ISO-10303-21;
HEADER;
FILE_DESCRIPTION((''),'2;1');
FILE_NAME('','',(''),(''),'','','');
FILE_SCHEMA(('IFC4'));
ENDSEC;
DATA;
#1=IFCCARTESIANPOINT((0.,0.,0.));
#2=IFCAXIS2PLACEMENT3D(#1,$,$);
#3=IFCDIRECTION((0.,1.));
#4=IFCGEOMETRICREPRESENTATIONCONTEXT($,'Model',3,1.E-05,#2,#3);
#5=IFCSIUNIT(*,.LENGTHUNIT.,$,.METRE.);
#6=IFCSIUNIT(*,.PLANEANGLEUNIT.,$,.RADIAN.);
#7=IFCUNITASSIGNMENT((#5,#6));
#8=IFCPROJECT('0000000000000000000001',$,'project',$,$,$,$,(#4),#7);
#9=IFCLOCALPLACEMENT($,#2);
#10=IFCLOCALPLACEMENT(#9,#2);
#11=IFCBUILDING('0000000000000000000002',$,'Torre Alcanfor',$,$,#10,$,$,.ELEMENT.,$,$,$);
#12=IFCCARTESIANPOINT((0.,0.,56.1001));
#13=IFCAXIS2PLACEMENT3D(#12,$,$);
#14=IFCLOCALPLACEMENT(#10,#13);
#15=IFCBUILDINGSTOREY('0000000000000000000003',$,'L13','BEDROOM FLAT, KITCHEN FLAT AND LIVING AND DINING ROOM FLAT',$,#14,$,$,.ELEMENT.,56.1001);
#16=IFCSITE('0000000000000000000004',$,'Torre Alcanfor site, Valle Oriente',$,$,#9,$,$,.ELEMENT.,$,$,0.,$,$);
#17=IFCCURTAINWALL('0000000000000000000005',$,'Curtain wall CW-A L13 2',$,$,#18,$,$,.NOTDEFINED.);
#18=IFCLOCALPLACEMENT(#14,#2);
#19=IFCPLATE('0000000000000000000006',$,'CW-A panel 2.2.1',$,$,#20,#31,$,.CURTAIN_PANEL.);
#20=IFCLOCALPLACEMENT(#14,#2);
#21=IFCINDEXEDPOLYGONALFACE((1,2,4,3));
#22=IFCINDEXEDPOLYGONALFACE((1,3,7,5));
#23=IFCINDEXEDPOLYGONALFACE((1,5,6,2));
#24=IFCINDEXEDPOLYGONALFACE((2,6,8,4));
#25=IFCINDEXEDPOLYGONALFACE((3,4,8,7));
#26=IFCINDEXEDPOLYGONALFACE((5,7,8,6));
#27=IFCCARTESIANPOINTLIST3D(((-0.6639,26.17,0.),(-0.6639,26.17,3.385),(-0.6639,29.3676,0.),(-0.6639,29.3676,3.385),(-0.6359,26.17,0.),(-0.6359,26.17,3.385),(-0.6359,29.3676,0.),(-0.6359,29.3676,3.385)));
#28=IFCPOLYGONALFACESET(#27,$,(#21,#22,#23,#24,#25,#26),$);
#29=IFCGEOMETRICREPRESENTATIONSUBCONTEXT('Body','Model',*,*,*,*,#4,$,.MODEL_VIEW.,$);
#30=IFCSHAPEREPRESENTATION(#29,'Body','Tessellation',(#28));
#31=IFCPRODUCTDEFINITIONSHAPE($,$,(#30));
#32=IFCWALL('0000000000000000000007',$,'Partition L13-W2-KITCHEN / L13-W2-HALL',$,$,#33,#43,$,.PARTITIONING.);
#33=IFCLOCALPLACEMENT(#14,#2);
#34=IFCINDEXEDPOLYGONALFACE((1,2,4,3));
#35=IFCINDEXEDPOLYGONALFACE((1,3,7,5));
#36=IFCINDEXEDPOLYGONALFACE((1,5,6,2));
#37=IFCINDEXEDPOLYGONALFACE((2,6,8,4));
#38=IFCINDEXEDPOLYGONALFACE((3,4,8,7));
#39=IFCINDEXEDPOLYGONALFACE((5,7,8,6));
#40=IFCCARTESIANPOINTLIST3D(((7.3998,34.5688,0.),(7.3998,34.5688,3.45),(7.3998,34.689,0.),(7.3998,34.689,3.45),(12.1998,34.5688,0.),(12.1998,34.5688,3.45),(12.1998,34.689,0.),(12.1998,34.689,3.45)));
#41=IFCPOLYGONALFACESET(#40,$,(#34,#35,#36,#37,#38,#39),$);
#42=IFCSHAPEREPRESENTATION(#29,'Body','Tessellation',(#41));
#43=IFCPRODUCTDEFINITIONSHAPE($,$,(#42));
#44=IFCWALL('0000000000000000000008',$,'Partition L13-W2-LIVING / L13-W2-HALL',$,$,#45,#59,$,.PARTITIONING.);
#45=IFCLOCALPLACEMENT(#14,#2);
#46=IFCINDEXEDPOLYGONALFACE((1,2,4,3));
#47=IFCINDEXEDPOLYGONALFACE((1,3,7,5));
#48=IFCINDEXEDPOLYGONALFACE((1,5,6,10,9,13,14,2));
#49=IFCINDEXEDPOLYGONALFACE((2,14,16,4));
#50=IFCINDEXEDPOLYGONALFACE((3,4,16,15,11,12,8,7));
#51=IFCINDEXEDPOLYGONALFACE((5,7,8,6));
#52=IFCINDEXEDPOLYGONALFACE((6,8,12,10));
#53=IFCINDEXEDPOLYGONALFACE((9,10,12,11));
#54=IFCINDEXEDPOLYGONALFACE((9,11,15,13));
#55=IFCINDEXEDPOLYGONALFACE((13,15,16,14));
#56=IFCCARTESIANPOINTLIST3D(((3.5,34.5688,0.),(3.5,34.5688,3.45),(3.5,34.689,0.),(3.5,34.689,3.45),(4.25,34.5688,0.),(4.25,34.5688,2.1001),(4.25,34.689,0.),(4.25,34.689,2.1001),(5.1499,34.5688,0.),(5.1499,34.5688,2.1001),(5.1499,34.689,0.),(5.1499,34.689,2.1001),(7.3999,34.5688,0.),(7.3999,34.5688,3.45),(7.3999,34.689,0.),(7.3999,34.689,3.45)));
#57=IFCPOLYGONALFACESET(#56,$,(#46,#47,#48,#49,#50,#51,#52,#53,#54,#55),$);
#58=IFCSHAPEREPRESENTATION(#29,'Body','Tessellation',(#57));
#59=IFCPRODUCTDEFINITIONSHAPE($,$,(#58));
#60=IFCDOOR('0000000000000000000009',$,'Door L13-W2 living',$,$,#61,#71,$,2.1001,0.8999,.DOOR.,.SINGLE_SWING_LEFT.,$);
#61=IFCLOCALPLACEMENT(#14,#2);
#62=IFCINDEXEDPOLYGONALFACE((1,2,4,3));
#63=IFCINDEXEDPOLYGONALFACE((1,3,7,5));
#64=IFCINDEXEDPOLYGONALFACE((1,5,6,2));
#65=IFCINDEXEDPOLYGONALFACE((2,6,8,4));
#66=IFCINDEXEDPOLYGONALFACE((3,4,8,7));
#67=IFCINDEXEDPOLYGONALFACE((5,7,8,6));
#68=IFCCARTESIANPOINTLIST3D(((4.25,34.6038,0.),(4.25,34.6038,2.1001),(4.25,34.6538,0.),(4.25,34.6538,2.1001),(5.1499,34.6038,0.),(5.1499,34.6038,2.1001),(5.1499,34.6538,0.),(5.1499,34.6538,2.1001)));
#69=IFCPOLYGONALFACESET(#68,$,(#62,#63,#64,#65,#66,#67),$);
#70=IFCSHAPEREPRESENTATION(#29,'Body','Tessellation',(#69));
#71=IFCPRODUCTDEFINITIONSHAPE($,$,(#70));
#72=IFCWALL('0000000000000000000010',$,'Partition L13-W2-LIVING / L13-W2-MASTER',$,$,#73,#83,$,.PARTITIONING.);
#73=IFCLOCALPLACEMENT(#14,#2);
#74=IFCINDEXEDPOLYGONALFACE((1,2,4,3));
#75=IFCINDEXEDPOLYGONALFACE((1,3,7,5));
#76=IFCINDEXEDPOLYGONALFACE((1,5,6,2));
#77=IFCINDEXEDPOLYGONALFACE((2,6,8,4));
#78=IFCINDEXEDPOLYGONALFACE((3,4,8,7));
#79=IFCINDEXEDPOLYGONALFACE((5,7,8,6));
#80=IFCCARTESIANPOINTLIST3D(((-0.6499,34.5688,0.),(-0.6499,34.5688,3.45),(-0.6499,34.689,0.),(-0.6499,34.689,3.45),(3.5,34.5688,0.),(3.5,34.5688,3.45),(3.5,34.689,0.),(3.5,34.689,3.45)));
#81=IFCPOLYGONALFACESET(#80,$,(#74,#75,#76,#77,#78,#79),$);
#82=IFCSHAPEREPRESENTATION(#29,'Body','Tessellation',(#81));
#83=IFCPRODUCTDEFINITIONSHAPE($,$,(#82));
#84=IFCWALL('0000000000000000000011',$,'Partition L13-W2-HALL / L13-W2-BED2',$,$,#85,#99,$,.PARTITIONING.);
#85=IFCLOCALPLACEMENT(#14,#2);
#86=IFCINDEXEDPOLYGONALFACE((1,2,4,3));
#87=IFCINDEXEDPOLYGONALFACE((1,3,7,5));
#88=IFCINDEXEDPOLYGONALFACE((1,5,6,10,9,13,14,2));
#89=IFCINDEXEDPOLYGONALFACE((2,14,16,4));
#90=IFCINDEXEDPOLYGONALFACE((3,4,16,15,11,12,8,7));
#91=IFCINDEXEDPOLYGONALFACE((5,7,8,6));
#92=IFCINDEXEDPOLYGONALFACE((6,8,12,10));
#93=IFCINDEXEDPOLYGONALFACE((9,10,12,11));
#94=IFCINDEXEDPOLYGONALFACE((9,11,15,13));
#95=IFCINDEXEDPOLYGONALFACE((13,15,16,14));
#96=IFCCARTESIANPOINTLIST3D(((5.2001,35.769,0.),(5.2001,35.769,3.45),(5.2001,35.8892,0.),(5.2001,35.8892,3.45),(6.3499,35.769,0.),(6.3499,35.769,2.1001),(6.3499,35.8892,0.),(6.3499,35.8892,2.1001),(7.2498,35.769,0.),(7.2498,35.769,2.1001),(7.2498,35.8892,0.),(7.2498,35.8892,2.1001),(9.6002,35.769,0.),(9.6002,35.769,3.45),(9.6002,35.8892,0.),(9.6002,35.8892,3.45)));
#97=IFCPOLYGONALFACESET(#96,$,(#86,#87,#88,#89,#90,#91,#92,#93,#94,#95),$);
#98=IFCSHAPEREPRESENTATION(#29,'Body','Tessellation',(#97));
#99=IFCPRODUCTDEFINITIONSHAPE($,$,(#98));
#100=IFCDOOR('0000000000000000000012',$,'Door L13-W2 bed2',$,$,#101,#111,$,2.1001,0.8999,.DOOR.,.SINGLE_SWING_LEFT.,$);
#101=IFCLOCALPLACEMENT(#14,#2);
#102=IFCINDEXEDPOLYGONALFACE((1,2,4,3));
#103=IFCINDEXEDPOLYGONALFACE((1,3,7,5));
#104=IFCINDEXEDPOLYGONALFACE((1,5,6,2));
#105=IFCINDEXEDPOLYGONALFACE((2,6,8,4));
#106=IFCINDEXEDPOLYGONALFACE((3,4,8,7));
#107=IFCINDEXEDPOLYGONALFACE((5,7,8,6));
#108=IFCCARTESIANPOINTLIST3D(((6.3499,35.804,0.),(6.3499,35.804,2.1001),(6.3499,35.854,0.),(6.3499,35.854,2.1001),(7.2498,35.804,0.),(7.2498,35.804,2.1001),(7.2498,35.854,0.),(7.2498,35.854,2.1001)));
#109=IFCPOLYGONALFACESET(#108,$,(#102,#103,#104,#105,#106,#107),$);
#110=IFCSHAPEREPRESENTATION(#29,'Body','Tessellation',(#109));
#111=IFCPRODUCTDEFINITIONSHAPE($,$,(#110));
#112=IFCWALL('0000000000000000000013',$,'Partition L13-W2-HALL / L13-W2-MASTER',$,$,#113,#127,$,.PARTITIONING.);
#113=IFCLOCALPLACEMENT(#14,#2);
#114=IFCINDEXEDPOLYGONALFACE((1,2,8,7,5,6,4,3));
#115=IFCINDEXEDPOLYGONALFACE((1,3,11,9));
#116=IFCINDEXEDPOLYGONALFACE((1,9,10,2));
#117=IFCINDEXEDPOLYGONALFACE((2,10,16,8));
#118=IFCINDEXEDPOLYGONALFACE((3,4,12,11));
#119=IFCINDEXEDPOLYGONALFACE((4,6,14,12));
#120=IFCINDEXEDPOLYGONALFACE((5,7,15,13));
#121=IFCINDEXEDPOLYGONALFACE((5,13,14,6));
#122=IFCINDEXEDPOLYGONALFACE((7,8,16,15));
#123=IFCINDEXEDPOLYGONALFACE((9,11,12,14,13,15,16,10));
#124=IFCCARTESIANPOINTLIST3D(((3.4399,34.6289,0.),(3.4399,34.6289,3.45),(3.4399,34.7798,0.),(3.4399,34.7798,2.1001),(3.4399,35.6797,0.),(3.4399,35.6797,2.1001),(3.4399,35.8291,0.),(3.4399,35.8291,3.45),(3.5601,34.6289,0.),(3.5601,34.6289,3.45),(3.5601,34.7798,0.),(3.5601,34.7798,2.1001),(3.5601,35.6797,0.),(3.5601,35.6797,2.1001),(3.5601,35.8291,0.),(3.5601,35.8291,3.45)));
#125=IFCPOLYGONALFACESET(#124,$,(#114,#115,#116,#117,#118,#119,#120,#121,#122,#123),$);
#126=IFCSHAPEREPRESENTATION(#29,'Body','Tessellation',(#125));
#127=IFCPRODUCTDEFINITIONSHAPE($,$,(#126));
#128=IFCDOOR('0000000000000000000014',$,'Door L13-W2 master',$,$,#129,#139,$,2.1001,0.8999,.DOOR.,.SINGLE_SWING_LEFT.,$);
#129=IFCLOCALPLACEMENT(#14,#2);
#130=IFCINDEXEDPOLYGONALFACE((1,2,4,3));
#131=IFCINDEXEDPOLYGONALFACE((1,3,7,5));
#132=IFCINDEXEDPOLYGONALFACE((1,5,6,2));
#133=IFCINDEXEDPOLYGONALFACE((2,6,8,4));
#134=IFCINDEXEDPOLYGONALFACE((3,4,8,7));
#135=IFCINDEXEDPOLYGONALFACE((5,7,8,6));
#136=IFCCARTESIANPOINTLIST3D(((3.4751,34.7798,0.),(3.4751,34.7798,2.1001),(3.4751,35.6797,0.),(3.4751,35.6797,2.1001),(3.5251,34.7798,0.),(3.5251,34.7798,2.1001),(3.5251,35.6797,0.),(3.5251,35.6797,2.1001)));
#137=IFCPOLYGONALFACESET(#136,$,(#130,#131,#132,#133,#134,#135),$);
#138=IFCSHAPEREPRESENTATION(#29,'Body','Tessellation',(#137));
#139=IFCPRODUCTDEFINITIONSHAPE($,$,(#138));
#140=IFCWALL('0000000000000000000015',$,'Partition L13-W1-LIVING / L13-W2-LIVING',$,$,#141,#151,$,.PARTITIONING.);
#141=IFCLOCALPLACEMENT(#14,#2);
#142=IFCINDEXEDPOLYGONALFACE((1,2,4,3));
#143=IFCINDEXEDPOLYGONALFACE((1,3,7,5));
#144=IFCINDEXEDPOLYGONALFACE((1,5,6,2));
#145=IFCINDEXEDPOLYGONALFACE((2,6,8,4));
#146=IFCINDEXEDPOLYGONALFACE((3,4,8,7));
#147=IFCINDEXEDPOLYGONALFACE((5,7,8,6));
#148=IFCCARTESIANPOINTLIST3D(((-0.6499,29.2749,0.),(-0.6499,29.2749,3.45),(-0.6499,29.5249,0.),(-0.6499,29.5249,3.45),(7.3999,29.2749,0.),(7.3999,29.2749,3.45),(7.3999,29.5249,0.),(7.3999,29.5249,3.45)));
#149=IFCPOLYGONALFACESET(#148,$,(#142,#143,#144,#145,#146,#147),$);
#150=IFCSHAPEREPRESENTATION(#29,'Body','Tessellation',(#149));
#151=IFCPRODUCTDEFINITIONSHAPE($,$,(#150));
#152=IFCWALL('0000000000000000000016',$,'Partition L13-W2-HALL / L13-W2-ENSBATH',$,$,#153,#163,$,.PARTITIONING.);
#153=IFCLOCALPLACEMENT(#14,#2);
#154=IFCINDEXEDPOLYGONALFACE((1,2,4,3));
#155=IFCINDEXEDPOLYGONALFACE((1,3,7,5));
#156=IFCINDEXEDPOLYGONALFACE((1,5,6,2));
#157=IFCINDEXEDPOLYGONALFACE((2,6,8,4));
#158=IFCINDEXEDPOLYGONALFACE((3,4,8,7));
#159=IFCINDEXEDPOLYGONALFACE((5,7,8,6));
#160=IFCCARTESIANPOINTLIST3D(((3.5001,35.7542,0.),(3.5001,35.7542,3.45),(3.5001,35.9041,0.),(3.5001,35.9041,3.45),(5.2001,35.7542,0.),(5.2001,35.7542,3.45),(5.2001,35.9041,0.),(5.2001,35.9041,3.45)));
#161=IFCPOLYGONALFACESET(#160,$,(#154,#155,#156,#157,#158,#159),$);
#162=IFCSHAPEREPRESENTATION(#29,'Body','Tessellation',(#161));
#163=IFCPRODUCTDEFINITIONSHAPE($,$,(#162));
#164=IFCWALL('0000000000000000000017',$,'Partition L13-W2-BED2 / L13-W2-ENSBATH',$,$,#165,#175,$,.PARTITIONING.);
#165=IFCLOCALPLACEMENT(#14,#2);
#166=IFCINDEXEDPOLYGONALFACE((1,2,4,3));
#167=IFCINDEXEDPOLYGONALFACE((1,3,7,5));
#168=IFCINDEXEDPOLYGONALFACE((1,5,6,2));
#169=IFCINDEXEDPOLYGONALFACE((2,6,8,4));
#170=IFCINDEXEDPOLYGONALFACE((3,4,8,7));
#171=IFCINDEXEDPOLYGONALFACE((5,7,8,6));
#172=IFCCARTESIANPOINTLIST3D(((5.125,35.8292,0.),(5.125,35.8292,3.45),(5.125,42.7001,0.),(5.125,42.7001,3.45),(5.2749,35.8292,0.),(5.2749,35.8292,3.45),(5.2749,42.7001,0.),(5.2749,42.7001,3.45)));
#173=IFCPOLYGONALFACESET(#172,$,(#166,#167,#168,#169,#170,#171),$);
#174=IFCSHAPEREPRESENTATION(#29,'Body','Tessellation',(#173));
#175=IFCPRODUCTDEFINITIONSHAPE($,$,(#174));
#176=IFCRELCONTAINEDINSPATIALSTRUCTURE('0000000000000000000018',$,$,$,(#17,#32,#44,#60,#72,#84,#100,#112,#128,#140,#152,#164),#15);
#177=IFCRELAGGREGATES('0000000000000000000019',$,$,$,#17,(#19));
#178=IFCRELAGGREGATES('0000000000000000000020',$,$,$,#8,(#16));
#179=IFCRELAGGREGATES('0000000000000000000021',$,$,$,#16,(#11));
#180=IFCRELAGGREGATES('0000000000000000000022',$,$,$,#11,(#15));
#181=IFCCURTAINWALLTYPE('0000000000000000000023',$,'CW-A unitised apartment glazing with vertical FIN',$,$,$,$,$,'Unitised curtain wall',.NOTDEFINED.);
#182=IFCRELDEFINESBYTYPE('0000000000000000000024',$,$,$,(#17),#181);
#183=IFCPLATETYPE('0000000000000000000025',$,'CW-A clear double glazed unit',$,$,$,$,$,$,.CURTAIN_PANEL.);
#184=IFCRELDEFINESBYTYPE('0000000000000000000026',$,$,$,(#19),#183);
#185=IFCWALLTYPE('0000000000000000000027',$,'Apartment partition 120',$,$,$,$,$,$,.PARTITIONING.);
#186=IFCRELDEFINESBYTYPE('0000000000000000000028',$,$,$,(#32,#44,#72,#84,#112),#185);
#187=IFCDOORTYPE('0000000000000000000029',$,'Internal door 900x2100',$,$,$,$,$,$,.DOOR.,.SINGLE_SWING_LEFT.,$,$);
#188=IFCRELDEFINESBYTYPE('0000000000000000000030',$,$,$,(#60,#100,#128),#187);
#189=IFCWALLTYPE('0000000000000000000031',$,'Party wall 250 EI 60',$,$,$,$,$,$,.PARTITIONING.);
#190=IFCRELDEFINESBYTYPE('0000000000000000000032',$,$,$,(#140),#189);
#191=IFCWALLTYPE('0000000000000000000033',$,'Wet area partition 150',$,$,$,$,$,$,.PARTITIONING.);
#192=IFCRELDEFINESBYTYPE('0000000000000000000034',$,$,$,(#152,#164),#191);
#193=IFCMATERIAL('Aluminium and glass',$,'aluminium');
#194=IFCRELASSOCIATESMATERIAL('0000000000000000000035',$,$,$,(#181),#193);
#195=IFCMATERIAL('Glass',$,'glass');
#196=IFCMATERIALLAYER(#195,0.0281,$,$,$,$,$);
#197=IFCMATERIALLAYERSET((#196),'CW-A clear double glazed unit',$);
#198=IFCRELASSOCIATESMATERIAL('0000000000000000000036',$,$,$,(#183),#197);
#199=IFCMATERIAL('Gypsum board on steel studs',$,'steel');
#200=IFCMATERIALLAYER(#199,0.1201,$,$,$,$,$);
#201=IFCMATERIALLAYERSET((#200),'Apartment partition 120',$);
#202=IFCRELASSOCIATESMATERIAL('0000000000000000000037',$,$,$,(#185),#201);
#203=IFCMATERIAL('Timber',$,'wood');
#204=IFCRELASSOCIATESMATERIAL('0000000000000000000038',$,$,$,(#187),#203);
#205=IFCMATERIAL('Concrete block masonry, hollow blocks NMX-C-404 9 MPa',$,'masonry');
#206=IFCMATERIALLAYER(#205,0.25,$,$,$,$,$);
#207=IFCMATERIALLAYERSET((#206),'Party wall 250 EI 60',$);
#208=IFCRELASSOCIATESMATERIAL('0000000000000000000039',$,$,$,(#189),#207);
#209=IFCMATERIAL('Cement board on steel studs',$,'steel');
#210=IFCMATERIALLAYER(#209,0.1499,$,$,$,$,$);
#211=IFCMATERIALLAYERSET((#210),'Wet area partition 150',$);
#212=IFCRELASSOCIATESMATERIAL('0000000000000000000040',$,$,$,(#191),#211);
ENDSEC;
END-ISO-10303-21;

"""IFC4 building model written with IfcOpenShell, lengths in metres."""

from ifc_helpers import new_model, si_unit, direction, frame, frame_2d, origin, origin_2d, place, context, subcontext, project, spatial, rectangle, extrude, material, layer, layer_set, type_object, element, fill, aggregate, save


model = new_model("IFC4")

# Units and contexts
model_context = context("Model", 3, precision=1e-05, world=origin(), true_north=direction((0.0, 1.0)))
body_context = subcontext(model_context, "Body", "Model", "MODEL_VIEW")
ifc_project = project(units=[si_unit("LENGTHUNIT", "METRE"), si_unit("PLANEANGLEUNIT", "RADIAN")], contexts=[model_context])

# Site, building, storey
site_placement = place(None, origin())
site = spatial("IfcSite", under=ifc_project, at=site_placement, Name="Torre Alcanfor site, Valle Oriente", CompositionType="ELEMENT", RefElevation=0.0)
building_placement = place(site_placement, origin())
building = spatial("IfcBuilding", under=site, at=building_placement, Name="Torre Alcanfor", CompositionType="ELEMENT")
storey_placement = place(building_placement, frame((0.0, 0.0, 56.1001)))
storey = spatial("IfcBuildingStorey", under=building, at=storey_placement, Name="L13", Description="BEDROOM FLAT, KITCHEN FLAT AND LIVING AND DINING ROOM FLAT", CompositionType="ELEMENT", Elevation=56.1001)

# Curtain wall
ifc_material_1 = material(Name="Aluminium and glass", Category="aluminium")
curtain_wall_type = type_object("IfcCurtainWallType", Name="CW-A unitised apartment glazing with vertical FIN", ElementType="Unitised curtain wall", PredefinedType="NOTDEFINED", material=ifc_material_1)
curtain_wall_placement = place(storey_placement, origin())
curtain_wall = element("IfcCurtainWall", 1, at=curtain_wall_placement, inside=storey, type_object=curtain_wall_type, Name="Curtain wall CW-A L13 2", PredefinedType="NOTDEFINED")

# Plate
ifc_material_2 = material(Name="Glass", Category="glass")
ifc_layer_1 = layer(ifc_material_2, 0.0281)
ifc_layer_set_1 = layer_set([ifc_layer_1], Name="CW-A clear double glazed unit")
plate_type = type_object("IfcPlateType", Name="CW-A clear double glazed unit", PredefinedType="CURTAIN_PANEL", material=ifc_layer_set_1)
plate_1_placement = place(storey_placement, frame((-0.6499, 27.7688, 0.0), z_axis=(0.0, 0.0, 1.0), x_axis=(0.0, -1.0, 0.0)))
plate_1 = element("IfcPlate", 2, at=plate_1_placement, type_object=plate_type, Name="CW-A panel 2.2.1", PredefinedType="CURTAIN_PANEL", context=body_context, shape_type="SweptSolid", body=[
    extrude(rectangle(XDim=3.1975, YDim=0.0281, at=origin_2d()), origin(), (0.0, 0.0, 1.0), 3.385),
])
aggregate(curtain_wall, [plate_1])

# Wall
ifc_material_3 = material(Name="Gypsum board on steel studs", Category="steel")
ifc_layer_2 = layer(ifc_material_3, 0.1201)
ifc_layer_set_2 = layer_set([ifc_layer_2], Name="Apartment partition 120")
wall_type_1 = type_object("IfcWallType", Name="Apartment partition 120", PredefinedType="PARTITIONING", material=ifc_layer_set_2)
wall_1_placement = place(storey_placement, frame((7.3999, 34.6289, 0.0), z_axis=(0.0, 0.0, 1.0), x_axis=(1.0, 0.0, 0.0)))
element("IfcWall", 3, at=wall_1_placement, inside=storey, type_object=wall_type_1, Name="Partition L13-W2-KITCHEN / L13-W2-HALL", PredefinedType="PARTITIONING", context=body_context, shape_type="SweptSolid", body=[
    extrude(rectangle(XDim=4.8, YDim=0.1201, at=frame_2d((2.3999, 0.0))), origin(), (0.0, 0.0, 1.0), 3.45),
])

# Wall, opening, door
wall_2_placement = place(storey_placement, frame((3.5, 34.6289, 0.0), z_axis=(0.0, 0.0, 1.0), x_axis=(1.0, 0.0, 0.0)))
wall_2 = element("IfcWall", 4, at=wall_2_placement, inside=storey, type_object=wall_type_1, Name="Partition L13-W2-LIVING / L13-W2-HALL", PredefinedType="PARTITIONING", context=body_context, shape_type="SweptSolid", body=[
    extrude(rectangle(XDim=3.8999, YDim=0.1201, at=frame_2d((1.95, 0.0))), origin(), (0.0, 0.0, 1.0), 3.45),
])
opening_1_placement = place(wall_2_placement, frame((0.75, 0.0, 0.0)))
opening_1 = element("IfcOpeningElement", 5, at=opening_1_placement, cuts=wall_2, PredefinedType="OPENING", context=body_context, shape_type="SweptSolid", body=[
    extrude(rectangle(XDim=0.8999, YDim=2.1001, at=frame_2d((0.45, 1.05))), frame((0.0, 0.0701, 0.0), z_axis=(0.0, -1.0, 0.0), x_axis=(1.0, 0.0, 0.0)), (0.0, 0.0, 1.0), 0.1401),
])
ifc_material_4 = material(Name="Timber", Category="wood")
door_type_1 = type_object("IfcDoorType", Name="Internal door 900x2100", OperationType="SINGLE_SWING_LEFT", PredefinedType="DOOR", material=ifc_material_4)
door_1_placement = place(opening_1_placement, frame((0.8999, 0.0, 0.0), z_axis=(0.0, 0.0, 1.0), x_axis=(-1.0, 0.0, 0.0)))
door_1 = element("IfcDoor", 6, at=door_1_placement, inside=storey, type_object=door_type_1, Name="Door L13-W2 living", OperationType="SINGLE_SWING_LEFT", OverallHeight=2.1001, OverallWidth=0.8999, PredefinedType="DOOR", context=body_context, shape_type="SweptSolid", body=[
    extrude(rectangle(XDim=0.8999, YDim=2.1001, at=frame_2d((0.45, 1.05))), frame((0.0, 0.0251, 0.0), z_axis=(0.0, -1.0, 0.0), x_axis=(1.0, 0.0, 0.0)), (0.0, 0.0, 1.0), 0.05),
])
fill(opening_1, door_1)

# Wall
wall_3_placement = place(storey_placement, frame((-0.6499, 34.6289, 0.0), z_axis=(0.0, 0.0, 1.0), x_axis=(1.0, 0.0, 0.0)))
element("IfcWall", 7, at=wall_3_placement, inside=storey, type_object=wall_type_1, Name="Partition L13-W2-LIVING / L13-W2-MASTER", PredefinedType="PARTITIONING", context=body_context, shape_type="SweptSolid", body=[
    extrude(rectangle(XDim=4.1499, YDim=0.1201, at=frame_2d((2.075, 0.0))), origin(), (0.0, 0.0, 1.0), 3.45),
])

# Walls, openings, doors
wall_4_placement = place(storey_placement, frame((5.2, 35.8291, 0.0), z_axis=(0.0, 0.0, 1.0), x_axis=(1.0, 0.0, 0.0)))
wall_4 = element("IfcWall", 8, at=wall_4_placement, inside=storey, type_object=wall_type_1, Name="Partition L13-W2-HALL / L13-W2-BED2", PredefinedType="PARTITIONING", context=body_context, shape_type="SweptSolid", body=[
    extrude(rectangle(XDim=4.4001, YDim=0.1201, at=frame_2d((2.2002, 0.0))), origin(), (0.0, 0.0, 1.0), 3.45),
])
opening_2_placement = place(wall_4_placement, frame((1.1499, 0.0, 0.0)))
opening_2 = element("IfcOpeningElement", 9, at=opening_2_placement, cuts=wall_4, PredefinedType="OPENING", context=body_context, shape_type="SweptSolid", body=[
    extrude(rectangle(XDim=0.8999, YDim=2.1001, at=frame_2d((0.45, 1.05))), frame((0.0, 0.0701, 0.0), z_axis=(0.0, -1.0, 0.0), x_axis=(1.0, 0.0, 0.0)), (0.0, 0.0, 1.0), 0.1401),
])
door_2_placement = place(opening_2_placement, origin())
door_2 = element("IfcDoor", 10, at=door_2_placement, inside=storey, type_object=door_type_1, Name="Door L13-W2 bed2", OperationType="SINGLE_SWING_LEFT", OverallHeight=2.1001, OverallWidth=0.8999, PredefinedType="DOOR", context=body_context, shape_type="SweptSolid", body=[
    extrude(rectangle(XDim=0.8999, YDim=2.1001, at=frame_2d((0.45, 1.05))), frame((0.0, 0.0249, 0.0), z_axis=(0.0, -1.0, 0.0), x_axis=(1.0, 0.0, 0.0)), (0.0, 0.0, 1.0), 0.05),
])
fill(opening_2, door_2)
wall_5_placement = place(storey_placement, frame((3.5, 34.6289, 0.0), z_axis=(0.0, 0.0, 1.0), x_axis=(0.0, 1.0, 0.0)))
wall_5 = element("IfcWall", 11, at=wall_5_placement, inside=storey, type_object=wall_type_1, Name="Partition L13-W2-HALL / L13-W2-MASTER", PredefinedType="PARTITIONING", context=body_context, shape_type="SweptSolid", body=[
    extrude(rectangle(XDim=1.2002, YDim=0.1201, at=frame_2d((0.6001, 0.0))), origin(), (0.0, 0.0, 1.0), 3.45),
])
opening_3_placement = place(wall_5_placement, frame((0.1509, 0.0, 0.0)))
opening_3 = element("IfcOpeningElement", 12, at=opening_3_placement, cuts=wall_5, PredefinedType="OPENING", context=body_context, shape_type="SweptSolid", body=[
    extrude(rectangle(XDim=0.8999, YDim=2.1001, at=frame_2d((0.45, 1.05))), frame((0.0, 0.0701, 0.0), z_axis=(0.0, -1.0, 0.0), x_axis=(1.0, 0.0, 0.0)), (0.0, 0.0, 1.0), 0.1401),
])
door_3_placement = place(opening_3_placement, origin())
door_3 = element("IfcDoor", 13, at=door_3_placement, inside=storey, type_object=door_type_1, Name="Door L13-W2 master", OperationType="SINGLE_SWING_LEFT", OverallHeight=2.1001, OverallWidth=0.8999, PredefinedType="DOOR", context=body_context, shape_type="SweptSolid", body=[
    extrude(rectangle(XDim=0.8999, YDim=2.1001, at=frame_2d((0.45, 1.05))), frame((0.0, 0.0249, 0.0), z_axis=(0.0, -1.0, 0.0), x_axis=(1.0, 0.0, 0.0)), (0.0, 0.0, 1.0), 0.05),
])
fill(opening_3, door_3)

# Walls
ifc_material_5 = material(Name="Concrete block masonry, hollow blocks NMX-C-404 9 MPa", Category="masonry")
ifc_layer_3 = layer(ifc_material_5, 0.25)
ifc_layer_set_3 = layer_set([ifc_layer_3], Name="Party wall 250 EI 60")
wall_type_2 = type_object("IfcWallType", Name="Party wall 250 EI 60", PredefinedType="PARTITIONING", material=ifc_layer_set_3)
wall_6_placement = place(storey_placement, frame((7.3999, 29.3999, 0.0), z_axis=(0.0, 0.0, 1.0), x_axis=(-1.0, 0.0, 0.0)))
element("IfcWall", 14, at=wall_6_placement, inside=storey, type_object=wall_type_2, Name="Partition L13-W1-LIVING / L13-W2-LIVING", PredefinedType="PARTITIONING", context=body_context, shape_type="SweptSolid", body=[
    extrude(rectangle(XDim=8.0498, YDim=0.25, at=frame_2d((4.0249, 0.0))), origin(), (0.0, 0.0, 1.0), 3.45),
])
ifc_material_6 = material(Name="Cement board on steel studs", Category="steel")
ifc_layer_4 = layer(ifc_material_6, 0.1499)
ifc_layer_set_4 = layer_set([ifc_layer_4], Name="Wet area partition 150")
wall_type_3 = type_object("IfcWallType", Name="Wet area partition 150", PredefinedType="PARTITIONING", material=ifc_layer_set_4)
wall_7_placement = place(storey_placement, frame((3.5, 35.8291, 0.0), z_axis=(0.0, 0.0, 1.0), x_axis=(1.0, 0.0, 0.0)))
element("IfcWall", 15, at=wall_7_placement, inside=storey, type_object=wall_type_3, Name="Partition L13-W2-HALL / L13-W2-ENSBATH", PredefinedType="PARTITIONING", context=body_context, shape_type="SweptSolid", body=[
    extrude(rectangle(XDim=1.7, YDim=0.1499, at=frame_2d((0.8501, 0.0))), origin(), (0.0, 0.0, 1.0), 3.45),
])
wall_8_placement = place(storey_placement, frame((5.2, 35.8291, 0.0), z_axis=(0.0, 0.0, 1.0), x_axis=(0.0, 1.0, 0.0)))
element("IfcWall", 16, at=wall_8_placement, inside=storey, type_object=wall_type_3, Name="Partition L13-W2-BED2 / L13-W2-ENSBATH", PredefinedType="PARTITIONING", context=body_context, shape_type="SweptSolid", body=[
    extrude(rectangle(XDim=6.8708, YDim=0.1499, at=frame_2d((3.4355, 0.0))), origin(), (0.0, 0.0, 1.0), 3.45),
])

save(model, "model.ifc")
